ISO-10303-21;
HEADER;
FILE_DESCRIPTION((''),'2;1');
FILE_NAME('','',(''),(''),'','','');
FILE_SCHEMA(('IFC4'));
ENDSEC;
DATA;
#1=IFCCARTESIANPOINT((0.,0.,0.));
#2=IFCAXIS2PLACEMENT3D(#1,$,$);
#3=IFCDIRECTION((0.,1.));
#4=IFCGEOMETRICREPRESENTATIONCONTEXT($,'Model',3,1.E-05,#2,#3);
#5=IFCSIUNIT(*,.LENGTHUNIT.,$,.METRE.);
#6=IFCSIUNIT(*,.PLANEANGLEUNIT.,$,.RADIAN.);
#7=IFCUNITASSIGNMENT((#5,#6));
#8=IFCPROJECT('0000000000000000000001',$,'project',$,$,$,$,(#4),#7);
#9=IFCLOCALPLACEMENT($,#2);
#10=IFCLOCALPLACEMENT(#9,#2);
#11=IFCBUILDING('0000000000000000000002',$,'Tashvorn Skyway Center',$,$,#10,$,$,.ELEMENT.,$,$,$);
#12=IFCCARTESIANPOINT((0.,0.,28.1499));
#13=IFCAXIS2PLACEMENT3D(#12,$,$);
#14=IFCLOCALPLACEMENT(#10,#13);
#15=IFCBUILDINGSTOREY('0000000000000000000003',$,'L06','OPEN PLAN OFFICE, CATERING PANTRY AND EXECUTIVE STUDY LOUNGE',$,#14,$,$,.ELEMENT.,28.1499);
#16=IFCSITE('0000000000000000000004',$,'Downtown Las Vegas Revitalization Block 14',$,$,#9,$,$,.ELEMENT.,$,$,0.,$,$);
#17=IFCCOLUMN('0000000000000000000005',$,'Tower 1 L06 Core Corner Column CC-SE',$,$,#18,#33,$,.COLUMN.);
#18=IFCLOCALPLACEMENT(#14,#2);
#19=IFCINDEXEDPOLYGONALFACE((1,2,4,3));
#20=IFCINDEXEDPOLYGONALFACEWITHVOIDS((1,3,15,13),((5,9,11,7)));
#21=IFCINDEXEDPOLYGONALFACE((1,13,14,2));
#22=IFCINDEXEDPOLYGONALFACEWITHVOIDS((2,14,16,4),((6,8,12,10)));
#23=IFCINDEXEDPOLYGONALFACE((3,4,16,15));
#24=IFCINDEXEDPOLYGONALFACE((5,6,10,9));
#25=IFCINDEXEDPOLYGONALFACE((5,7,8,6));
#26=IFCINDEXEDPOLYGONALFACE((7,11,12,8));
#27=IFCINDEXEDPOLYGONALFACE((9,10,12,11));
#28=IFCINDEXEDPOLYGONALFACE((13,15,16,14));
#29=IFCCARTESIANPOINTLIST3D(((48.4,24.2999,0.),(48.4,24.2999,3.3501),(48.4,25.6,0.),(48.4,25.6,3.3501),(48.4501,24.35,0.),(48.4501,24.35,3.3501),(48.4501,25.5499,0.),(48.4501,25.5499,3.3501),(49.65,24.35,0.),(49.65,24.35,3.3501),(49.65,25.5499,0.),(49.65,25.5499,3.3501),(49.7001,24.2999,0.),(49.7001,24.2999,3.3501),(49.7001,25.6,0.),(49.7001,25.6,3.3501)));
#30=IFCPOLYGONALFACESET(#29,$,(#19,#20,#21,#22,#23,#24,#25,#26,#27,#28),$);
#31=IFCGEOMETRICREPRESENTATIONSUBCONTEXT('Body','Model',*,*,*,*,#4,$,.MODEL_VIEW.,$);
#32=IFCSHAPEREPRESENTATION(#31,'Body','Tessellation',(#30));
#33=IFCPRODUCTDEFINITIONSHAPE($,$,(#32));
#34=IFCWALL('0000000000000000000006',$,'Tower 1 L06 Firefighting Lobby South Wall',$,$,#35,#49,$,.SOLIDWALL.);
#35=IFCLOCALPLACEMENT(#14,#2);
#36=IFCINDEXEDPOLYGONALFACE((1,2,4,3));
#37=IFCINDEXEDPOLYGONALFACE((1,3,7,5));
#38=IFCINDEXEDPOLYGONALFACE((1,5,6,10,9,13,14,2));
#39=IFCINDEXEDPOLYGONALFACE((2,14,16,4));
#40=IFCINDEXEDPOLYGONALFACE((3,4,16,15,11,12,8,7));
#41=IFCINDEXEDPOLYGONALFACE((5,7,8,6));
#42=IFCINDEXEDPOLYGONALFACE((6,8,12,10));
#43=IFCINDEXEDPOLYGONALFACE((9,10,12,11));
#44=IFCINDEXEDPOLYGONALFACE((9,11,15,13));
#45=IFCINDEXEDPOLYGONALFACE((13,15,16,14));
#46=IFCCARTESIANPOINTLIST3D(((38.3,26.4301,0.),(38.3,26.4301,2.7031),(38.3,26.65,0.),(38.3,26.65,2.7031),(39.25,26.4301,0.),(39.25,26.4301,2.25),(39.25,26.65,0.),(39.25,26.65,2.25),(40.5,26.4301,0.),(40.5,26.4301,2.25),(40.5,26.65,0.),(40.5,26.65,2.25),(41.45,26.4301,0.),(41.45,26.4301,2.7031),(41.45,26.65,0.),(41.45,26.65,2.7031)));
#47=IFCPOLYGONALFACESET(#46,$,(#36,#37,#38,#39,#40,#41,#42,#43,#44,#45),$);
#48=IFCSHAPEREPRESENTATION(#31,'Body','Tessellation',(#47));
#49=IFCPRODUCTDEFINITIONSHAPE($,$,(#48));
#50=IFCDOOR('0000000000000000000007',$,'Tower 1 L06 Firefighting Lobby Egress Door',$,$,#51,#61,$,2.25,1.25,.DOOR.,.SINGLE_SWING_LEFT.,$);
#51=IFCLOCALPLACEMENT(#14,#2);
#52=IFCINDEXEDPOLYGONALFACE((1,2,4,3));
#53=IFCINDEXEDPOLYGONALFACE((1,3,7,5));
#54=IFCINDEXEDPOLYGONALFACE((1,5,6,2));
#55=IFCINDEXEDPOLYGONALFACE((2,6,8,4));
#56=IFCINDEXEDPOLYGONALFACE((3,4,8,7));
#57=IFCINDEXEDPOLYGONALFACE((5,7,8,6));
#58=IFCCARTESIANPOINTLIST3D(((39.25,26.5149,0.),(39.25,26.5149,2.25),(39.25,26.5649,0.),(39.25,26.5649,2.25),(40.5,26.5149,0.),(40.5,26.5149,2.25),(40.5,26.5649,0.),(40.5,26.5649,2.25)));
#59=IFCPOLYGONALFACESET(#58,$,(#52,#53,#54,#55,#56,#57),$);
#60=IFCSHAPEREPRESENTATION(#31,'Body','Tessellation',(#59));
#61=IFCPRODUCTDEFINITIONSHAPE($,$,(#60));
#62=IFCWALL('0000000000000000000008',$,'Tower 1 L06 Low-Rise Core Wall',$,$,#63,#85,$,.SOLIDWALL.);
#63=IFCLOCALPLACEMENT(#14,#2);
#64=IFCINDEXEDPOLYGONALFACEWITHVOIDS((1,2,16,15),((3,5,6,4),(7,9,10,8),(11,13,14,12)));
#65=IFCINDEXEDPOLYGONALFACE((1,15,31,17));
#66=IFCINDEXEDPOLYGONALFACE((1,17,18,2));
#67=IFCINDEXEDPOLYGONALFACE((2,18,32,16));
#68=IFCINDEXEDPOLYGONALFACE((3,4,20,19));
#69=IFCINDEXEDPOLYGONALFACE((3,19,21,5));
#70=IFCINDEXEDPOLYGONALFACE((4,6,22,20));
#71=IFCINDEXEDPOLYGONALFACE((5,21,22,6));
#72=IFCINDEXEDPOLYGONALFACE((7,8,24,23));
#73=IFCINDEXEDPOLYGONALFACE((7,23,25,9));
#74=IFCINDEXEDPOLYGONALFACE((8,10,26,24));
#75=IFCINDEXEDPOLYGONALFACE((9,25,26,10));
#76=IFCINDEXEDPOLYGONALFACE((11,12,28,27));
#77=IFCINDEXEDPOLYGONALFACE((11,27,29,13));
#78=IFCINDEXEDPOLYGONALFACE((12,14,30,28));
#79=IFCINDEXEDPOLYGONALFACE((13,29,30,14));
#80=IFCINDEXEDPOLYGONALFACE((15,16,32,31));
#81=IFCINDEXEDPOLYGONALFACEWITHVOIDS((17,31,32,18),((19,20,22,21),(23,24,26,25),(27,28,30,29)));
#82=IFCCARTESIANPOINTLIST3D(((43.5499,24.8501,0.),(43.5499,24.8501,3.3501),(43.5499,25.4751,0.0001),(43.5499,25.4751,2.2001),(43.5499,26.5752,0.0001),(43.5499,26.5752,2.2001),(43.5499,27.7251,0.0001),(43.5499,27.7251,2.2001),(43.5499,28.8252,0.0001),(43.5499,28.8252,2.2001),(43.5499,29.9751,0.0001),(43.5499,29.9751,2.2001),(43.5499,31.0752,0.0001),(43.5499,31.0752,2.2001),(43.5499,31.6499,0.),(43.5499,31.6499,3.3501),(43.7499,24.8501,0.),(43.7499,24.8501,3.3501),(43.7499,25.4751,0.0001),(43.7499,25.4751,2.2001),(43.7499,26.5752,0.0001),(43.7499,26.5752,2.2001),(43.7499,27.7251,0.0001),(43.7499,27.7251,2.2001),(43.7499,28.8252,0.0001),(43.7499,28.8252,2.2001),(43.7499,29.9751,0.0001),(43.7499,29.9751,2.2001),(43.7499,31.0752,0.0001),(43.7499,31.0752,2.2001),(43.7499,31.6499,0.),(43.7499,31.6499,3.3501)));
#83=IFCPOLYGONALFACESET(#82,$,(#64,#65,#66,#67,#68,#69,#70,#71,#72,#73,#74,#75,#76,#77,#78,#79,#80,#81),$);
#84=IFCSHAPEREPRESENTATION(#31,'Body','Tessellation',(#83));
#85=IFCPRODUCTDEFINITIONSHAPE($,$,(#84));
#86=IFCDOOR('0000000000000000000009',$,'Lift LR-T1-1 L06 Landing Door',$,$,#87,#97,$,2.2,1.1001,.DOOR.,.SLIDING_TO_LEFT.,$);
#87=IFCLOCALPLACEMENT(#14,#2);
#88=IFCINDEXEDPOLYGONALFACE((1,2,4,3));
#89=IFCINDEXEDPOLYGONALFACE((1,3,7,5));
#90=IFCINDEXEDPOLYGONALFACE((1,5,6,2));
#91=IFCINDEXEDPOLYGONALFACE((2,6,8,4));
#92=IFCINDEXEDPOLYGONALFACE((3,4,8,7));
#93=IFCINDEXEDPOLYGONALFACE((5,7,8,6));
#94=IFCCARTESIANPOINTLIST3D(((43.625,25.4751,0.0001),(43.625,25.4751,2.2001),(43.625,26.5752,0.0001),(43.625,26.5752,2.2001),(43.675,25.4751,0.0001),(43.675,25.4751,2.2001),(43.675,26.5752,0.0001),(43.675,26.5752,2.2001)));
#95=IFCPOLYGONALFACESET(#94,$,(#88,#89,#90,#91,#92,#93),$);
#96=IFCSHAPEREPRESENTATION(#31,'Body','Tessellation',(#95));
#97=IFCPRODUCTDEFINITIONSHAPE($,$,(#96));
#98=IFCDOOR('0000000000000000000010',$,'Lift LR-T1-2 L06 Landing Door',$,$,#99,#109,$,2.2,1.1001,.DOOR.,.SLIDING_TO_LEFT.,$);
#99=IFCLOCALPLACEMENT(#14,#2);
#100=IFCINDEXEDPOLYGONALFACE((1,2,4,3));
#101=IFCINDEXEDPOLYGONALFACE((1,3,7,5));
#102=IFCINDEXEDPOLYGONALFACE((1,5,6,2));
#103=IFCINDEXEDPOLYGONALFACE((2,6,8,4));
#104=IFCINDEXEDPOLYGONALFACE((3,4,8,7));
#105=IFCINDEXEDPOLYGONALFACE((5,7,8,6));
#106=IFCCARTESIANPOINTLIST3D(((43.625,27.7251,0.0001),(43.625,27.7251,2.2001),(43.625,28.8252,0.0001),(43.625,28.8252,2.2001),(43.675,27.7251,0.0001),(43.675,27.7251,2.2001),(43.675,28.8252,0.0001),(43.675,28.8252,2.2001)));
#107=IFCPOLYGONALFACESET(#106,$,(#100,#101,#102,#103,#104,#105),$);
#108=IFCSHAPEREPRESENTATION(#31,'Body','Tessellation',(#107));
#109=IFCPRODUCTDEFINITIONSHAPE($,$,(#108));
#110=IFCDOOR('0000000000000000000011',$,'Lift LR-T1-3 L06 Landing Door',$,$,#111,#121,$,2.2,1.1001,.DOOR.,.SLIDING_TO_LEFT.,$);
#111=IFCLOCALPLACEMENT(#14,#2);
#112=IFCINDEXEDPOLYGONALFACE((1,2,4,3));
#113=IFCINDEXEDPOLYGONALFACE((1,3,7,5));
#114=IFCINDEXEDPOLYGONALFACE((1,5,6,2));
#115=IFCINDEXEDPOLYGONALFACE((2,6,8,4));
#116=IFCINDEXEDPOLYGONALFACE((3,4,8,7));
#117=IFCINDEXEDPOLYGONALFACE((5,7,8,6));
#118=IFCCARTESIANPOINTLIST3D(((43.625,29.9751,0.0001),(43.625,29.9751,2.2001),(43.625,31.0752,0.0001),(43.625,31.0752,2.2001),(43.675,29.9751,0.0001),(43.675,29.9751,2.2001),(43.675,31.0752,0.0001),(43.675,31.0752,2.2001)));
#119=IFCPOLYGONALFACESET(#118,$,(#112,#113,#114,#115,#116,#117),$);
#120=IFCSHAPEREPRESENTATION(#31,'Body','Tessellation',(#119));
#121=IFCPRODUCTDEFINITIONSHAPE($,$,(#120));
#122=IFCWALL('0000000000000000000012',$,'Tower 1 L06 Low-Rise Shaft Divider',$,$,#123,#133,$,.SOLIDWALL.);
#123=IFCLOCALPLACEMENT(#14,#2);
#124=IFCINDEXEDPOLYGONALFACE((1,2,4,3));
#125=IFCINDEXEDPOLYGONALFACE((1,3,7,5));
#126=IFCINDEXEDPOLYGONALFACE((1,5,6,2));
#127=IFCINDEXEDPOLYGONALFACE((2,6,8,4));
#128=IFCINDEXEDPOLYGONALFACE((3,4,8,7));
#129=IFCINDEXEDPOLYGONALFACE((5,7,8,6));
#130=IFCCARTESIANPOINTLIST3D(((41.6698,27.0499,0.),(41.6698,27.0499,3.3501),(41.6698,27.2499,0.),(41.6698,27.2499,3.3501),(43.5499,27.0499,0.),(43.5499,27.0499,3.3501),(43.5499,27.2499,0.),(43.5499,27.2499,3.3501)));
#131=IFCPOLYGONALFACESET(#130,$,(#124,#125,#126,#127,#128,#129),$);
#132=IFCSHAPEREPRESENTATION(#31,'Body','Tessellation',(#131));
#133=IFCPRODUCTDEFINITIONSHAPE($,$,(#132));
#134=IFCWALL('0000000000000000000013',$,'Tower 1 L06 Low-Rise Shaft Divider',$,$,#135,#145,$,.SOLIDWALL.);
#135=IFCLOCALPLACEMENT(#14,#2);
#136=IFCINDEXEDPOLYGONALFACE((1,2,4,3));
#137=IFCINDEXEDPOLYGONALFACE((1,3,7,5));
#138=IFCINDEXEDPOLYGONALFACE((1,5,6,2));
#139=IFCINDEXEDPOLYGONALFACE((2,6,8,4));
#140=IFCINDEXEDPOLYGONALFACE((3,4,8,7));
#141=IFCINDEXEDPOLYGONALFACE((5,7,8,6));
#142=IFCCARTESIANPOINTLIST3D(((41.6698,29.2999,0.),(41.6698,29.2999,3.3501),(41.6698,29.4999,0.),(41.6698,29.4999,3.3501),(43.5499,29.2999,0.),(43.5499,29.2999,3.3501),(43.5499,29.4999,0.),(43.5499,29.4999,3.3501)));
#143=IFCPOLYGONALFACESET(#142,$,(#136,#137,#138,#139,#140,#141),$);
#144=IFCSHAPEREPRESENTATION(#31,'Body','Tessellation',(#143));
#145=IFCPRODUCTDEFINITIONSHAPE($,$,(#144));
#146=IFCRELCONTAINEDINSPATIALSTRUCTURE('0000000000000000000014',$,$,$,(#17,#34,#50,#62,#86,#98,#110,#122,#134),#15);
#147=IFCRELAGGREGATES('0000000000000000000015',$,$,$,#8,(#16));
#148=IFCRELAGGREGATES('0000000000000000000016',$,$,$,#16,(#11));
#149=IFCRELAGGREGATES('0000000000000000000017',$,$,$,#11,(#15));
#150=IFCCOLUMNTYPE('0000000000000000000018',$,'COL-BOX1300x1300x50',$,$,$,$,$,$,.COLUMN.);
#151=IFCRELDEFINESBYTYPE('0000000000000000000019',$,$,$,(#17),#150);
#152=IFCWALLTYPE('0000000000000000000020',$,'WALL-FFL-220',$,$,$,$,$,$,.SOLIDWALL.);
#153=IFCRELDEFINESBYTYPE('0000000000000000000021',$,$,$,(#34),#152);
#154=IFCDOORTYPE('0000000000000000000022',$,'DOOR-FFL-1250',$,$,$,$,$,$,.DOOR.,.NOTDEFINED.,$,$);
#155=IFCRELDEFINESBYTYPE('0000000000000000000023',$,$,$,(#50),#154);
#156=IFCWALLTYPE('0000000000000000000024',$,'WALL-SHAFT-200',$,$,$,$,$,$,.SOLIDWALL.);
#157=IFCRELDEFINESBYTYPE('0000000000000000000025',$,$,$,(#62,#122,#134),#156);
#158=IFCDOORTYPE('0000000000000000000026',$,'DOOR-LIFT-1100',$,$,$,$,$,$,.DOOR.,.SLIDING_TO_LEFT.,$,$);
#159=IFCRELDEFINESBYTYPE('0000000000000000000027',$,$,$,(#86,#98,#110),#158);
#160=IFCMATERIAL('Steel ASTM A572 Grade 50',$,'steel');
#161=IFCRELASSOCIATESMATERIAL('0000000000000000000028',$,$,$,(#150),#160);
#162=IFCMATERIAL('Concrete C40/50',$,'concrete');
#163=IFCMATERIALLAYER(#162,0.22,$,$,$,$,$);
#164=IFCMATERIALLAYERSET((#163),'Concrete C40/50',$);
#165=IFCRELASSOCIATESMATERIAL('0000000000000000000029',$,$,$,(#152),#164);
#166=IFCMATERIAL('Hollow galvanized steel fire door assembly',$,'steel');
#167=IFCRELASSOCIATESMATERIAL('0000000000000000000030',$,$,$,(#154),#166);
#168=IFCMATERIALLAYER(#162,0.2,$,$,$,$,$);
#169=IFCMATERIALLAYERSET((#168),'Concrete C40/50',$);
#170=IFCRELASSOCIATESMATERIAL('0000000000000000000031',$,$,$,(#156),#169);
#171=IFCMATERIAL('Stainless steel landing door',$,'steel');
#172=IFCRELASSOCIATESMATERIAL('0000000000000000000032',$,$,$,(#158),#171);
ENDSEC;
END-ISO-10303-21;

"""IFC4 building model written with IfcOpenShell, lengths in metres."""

from ifc_helpers import new_model, si_unit, direction, frame, frame_2d, origin, origin_2d, place, context, subcontext, project, spatial, rectangle, hollow_rectangle, extrude, material, layer, layer_set, material_profile, profile_set, type_object, element, fill, save


model = new_model("IFC4")

# Units and contexts
model_context = context("Model", 3, precision=1e-05, world=origin(), true_north=direction((0.0, 1.0)))
body_context = subcontext(model_context, "Body", "Model", "MODEL_VIEW")
ifc_project = project(units=[si_unit("LENGTHUNIT", "METRE"), si_unit("PLANEANGLEUNIT", "RADIAN")], contexts=[model_context])

# Site, building, storey
site_placement = place(None, origin())
site = spatial("IfcSite", under=ifc_project, at=site_placement, Name="Downtown Las Vegas Revitalization Block 14", CompositionType="ELEMENT", RefElevation=0.0)
building_placement = place(site_placement, origin())
building = spatial("IfcBuilding", under=site, at=building_placement, Name="Tashvorn Skyway Center", CompositionType="ELEMENT")
storey_placement = place(building_placement, frame((0.0, 0.0, 28.1499)))
storey = spatial("IfcBuildingStorey", under=building, at=storey_placement, Name="L06", Description="OPEN PLAN OFFICE, CATERING PANTRY AND EXECUTIVE STUDY LOUNGE", CompositionType="ELEMENT", Elevation=28.1499)

# Column
ifc_material_1 = material(Name="Steel ASTM A572 Grade 50", Category="steel")
ifc_material_profile = material_profile(ifc_material_1, hollow_rectangle(XDim=1.3, YDim=1.3, WallThickness=0.05, at=origin_2d()), Name="BOX1300x1300x50")
ifc_profile_set = profile_set([ifc_material_profile], Name="Steel ASTM A572 Grade 50")
column_type = type_object("IfcColumnType", Name="COL-BOX1300x1300x50", PredefinedType="COLUMN", material=ifc_profile_set)
column_placement = place(storey_placement, frame((49.05, 24.95, 0.0), z_axis=(0.0, 0.0, 1.0), x_axis=(1.0, 0.0, 0.0)))
element("IfcColumn", 1, at=column_placement, inside=storey, type_object=column_type, Name="Tower 1 L06 Core Corner Column CC-SE", PredefinedType="COLUMN", context=body_context, shape_type="SweptSolid", body=[
    extrude(hollow_rectangle(XDim=1.3, YDim=1.3, WallThickness=0.05, at=origin_2d()), origin(), (0.0, 0.0, 1.0), 3.3501),
])

# Wall, opening, door
ifc_material_2 = material(Name="Concrete C40/50", Category="concrete")
ifc_layer_1 = layer(ifc_material_2, 0.22)
ifc_layer_set_1 = layer_set([ifc_layer_1], Name="Concrete C40/50")
wall_type_1 = type_object("IfcWallType", Name="WALL-FFL-220", PredefinedType="SOLIDWALL", material=ifc_layer_set_1)
wall_1_placement = place(storey_placement, frame((38.3, 26.54, 0.0), z_axis=(0.0, 0.0, 1.0), x_axis=(1.0, 0.0, 0.0)))
wall_1 = element("IfcWall", 2, at=wall_1_placement, inside=storey, type_object=wall_type_1, Name="Tower 1 L06 Firefighting Lobby South Wall", PredefinedType="SOLIDWALL", context=body_context, shape_type="SweptSolid", body=[
    extrude(rectangle(XDim=3.1499, YDim=0.22, at=frame_2d((1.575, 0.0))), origin(), (0.0, 0.0, 1.0), 2.7031),
])
opening_1_placement = place(wall_1_placement, frame((0.95, 0.0, 0.0)))
opening_1 = element("IfcOpeningElement", 3, at=opening_1_placement, cuts=wall_1, PredefinedType="OPENING", context=body_context, shape_type="SweptSolid", body=[
    extrude(rectangle(XDim=1.25, YDim=2.25, at=frame_2d((0.625, 1.125))), frame((0.0, 0.1199, 0.0), z_axis=(0.0, -1.0, 0.0), x_axis=(1.0, 0.0, 0.0)), (0.0, 0.0, 1.0), 0.24),
])
ifc_material_3 = material(Name="Hollow galvanized steel fire door assembly", Category="steel")
door_type_1 = type_object("IfcDoorType", Name="DOOR-FFL-1250", OperationType="NOTDEFINED", PredefinedType="DOOR", material=ifc_material_3)
door_1_placement = place(opening_1_placement, origin())
door_1 = element("IfcDoor", 4, at=door_1_placement, inside=storey, type_object=door_type_1, Name="Tower 1 L06 Firefighting Lobby Egress Door", OperationType="SINGLE_SWING_LEFT", OverallHeight=2.25, OverallWidth=1.25, PredefinedType="DOOR", context=body_context, shape_type="SweptSolid", body=[
    extrude(rectangle(XDim=1.25, YDim=2.25, at=frame_2d((0.625, 1.125))), frame((0.0, 0.0249, 0.0), z_axis=(0.0, -1.0, 0.0), x_axis=(1.0, 0.0, 0.0)), (0.0, 0.0, 1.0), 0.05),
])
fill(opening_1, door_1)

# Wall, openings, doors
ifc_layer_2 = layer(ifc_material_2, 0.2)
ifc_layer_set_2 = layer_set([ifc_layer_2], Name="Concrete C40/50")
wall_type_2 = type_object("IfcWallType", Name="WALL-SHAFT-200", PredefinedType="SOLIDWALL", material=ifc_layer_set_2)
wall_2_placement = place(storey_placement, frame((43.6499, 24.8501, 0.0), z_axis=(0.0, 0.0, 1.0), x_axis=(0.0, 1.0, 0.0)))
wall_2 = element("IfcWall", 5, at=wall_2_placement, inside=storey, type_object=wall_type_2, Name="Tower 1 L06 Low-Rise Core Wall", PredefinedType="SOLIDWALL", context=body_context, shape_type="SweptSolid", body=[
    extrude(rectangle(XDim=6.7998, YDim=0.2, at=frame_2d((3.3999, 0.0))), origin(), (0.0, 0.0, 1.0), 3.3501),
])
opening_2_placement = place(wall_2_placement, frame((0.625, 0.0, 0.0)))
opening_2 = element("IfcOpeningElement", 6, at=opening_2_placement, cuts=wall_2, PredefinedType="OPENING", context=body_context, shape_type="SweptSolid", body=[
    extrude(rectangle(XDim=1.1001, YDim=2.2, at=frame_2d((0.55, 1.1001))), frame((0.0, 0.1099, 0.0), z_axis=(0.0, -1.0, 0.0), x_axis=(1.0, 0.0, 0.0)), (0.0, 0.0, 1.0), 0.22),
])
opening_3_placement = place(wall_2_placement, frame((2.875, 0.0, 0.0)))
opening_3 = element("IfcOpeningElement", 7, at=opening_3_placement, cuts=wall_2, PredefinedType="OPENING", context=body_context, shape_type="SweptSolid", body=[
    extrude(rectangle(XDim=1.1001, YDim=2.2, at=frame_2d((0.55, 1.1001))), frame((0.0, 0.1099, 0.0), z_axis=(0.0, -1.0, 0.0), x_axis=(1.0, 0.0, 0.0)), (0.0, 0.0, 1.0), 0.22),
])
opening_4_placement = place(wall_2_placement, frame((5.125, 0.0, 0.0)))
opening_4 = element("IfcOpeningElement", 8, at=opening_4_placement, cuts=wall_2, PredefinedType="OPENING", context=body_context, shape_type="SweptSolid", body=[
    extrude(rectangle(XDim=1.1001, YDim=2.2, at=frame_2d((0.55, 1.1001))), frame((0.0, 0.1099, 0.0), z_axis=(0.0, -1.0, 0.0), x_axis=(1.0, 0.0, 0.0)), (0.0, 0.0, 1.0), 0.22),
])
ifc_material_4 = material(Name="Stainless steel landing door", Category="steel")
door_type_2 = type_object("IfcDoorType", Name="DOOR-LIFT-1100", OperationType="SLIDING_TO_LEFT", PredefinedType="DOOR", material=ifc_material_4)
door_2_placement = place(opening_2_placement, origin())
door_2 = element("IfcDoor", 9, at=door_2_placement, inside=storey, type_object=door_type_2, Name="Lift LR-T1-1 L06 Landing Door", OperationType="SLIDING_TO_LEFT", OverallHeight=2.2, OverallWidth=1.1001, PredefinedType="DOOR", context=body_context, shape_type="SweptSolid", body=[
    extrude(rectangle(XDim=1.1001, YDim=2.2, at=frame_2d((0.55, 1.1001))), frame((0.0, 0.0249, 0.0), z_axis=(0.0, -1.0, 0.0), x_axis=(1.0, 0.0, 0.0)), (0.0, 0.0, 1.0), 0.05),
])
fill(opening_2, door_2)
door_3_placement = place(opening_3_placement, origin())
door_3 = element("IfcDoor", 10, at=door_3_placement, inside=storey, type_object=door_type_2, Name="Lift LR-T1-2 L06 Landing Door", OperationType="SLIDING_TO_LEFT", OverallHeight=2.2, OverallWidth=1.1001, PredefinedType="DOOR", context=body_context, shape_type="SweptSolid", body=[
    extrude(rectangle(XDim=1.1001, YDim=2.2, at=frame_2d((0.55, 1.1001))), frame((0.0, 0.0249, 0.0), z_axis=(0.0, -1.0, 0.0), x_axis=(1.0, 0.0, 0.0)), (0.0, 0.0, 1.0), 0.05),
])
fill(opening_3, door_3)
door_4_placement = place(opening_4_placement, origin())
door_4 = element("IfcDoor", 11, at=door_4_placement, inside=storey, type_object=door_type_2, Name="Lift LR-T1-3 L06 Landing Door", OperationType="SLIDING_TO_LEFT", OverallHeight=2.2, OverallWidth=1.1001, PredefinedType="DOOR", context=body_context, shape_type="SweptSolid", body=[
    extrude(rectangle(XDim=1.1001, YDim=2.2, at=frame_2d((0.55, 1.1001))), frame((0.0, 0.0249, 0.0), z_axis=(0.0, -1.0, 0.0), x_axis=(1.0, 0.0, 0.0)), (0.0, 0.0, 1.0), 0.05),
])
fill(opening_4, door_4)

# Walls
for number, where, z_axis, x_axis, name in (
    (12, (41.6699, 27.1499, 0.0), (0.0, 0.0, 1.0), (1.0, 0.0, 0.0), "Tower 1 L06 Low-Rise Shaft Divider"),
    (13, (41.6699, 29.3999, 0.0), (0.0, 0.0, 1.0), (1.0, 0.0, 0.0), "Tower 1 L06 Low-Rise Shaft Divider"),
):
    element("IfcWall", number, at=place(storey_placement, frame(where, z_axis=z_axis, x_axis=x_axis)), inside=storey, type_object=wall_type_2, Name=name, PredefinedType="SOLIDWALL", context=body_context, shape_type="SweptSolid", body=[
        extrude(rectangle(XDim=1.8801, YDim=0.2, at=frame_2d((0.9399, 0.0))), origin(), (0.0, 0.0, 1.0), 3.3501),
    ])

save(model, "model.ifc")
